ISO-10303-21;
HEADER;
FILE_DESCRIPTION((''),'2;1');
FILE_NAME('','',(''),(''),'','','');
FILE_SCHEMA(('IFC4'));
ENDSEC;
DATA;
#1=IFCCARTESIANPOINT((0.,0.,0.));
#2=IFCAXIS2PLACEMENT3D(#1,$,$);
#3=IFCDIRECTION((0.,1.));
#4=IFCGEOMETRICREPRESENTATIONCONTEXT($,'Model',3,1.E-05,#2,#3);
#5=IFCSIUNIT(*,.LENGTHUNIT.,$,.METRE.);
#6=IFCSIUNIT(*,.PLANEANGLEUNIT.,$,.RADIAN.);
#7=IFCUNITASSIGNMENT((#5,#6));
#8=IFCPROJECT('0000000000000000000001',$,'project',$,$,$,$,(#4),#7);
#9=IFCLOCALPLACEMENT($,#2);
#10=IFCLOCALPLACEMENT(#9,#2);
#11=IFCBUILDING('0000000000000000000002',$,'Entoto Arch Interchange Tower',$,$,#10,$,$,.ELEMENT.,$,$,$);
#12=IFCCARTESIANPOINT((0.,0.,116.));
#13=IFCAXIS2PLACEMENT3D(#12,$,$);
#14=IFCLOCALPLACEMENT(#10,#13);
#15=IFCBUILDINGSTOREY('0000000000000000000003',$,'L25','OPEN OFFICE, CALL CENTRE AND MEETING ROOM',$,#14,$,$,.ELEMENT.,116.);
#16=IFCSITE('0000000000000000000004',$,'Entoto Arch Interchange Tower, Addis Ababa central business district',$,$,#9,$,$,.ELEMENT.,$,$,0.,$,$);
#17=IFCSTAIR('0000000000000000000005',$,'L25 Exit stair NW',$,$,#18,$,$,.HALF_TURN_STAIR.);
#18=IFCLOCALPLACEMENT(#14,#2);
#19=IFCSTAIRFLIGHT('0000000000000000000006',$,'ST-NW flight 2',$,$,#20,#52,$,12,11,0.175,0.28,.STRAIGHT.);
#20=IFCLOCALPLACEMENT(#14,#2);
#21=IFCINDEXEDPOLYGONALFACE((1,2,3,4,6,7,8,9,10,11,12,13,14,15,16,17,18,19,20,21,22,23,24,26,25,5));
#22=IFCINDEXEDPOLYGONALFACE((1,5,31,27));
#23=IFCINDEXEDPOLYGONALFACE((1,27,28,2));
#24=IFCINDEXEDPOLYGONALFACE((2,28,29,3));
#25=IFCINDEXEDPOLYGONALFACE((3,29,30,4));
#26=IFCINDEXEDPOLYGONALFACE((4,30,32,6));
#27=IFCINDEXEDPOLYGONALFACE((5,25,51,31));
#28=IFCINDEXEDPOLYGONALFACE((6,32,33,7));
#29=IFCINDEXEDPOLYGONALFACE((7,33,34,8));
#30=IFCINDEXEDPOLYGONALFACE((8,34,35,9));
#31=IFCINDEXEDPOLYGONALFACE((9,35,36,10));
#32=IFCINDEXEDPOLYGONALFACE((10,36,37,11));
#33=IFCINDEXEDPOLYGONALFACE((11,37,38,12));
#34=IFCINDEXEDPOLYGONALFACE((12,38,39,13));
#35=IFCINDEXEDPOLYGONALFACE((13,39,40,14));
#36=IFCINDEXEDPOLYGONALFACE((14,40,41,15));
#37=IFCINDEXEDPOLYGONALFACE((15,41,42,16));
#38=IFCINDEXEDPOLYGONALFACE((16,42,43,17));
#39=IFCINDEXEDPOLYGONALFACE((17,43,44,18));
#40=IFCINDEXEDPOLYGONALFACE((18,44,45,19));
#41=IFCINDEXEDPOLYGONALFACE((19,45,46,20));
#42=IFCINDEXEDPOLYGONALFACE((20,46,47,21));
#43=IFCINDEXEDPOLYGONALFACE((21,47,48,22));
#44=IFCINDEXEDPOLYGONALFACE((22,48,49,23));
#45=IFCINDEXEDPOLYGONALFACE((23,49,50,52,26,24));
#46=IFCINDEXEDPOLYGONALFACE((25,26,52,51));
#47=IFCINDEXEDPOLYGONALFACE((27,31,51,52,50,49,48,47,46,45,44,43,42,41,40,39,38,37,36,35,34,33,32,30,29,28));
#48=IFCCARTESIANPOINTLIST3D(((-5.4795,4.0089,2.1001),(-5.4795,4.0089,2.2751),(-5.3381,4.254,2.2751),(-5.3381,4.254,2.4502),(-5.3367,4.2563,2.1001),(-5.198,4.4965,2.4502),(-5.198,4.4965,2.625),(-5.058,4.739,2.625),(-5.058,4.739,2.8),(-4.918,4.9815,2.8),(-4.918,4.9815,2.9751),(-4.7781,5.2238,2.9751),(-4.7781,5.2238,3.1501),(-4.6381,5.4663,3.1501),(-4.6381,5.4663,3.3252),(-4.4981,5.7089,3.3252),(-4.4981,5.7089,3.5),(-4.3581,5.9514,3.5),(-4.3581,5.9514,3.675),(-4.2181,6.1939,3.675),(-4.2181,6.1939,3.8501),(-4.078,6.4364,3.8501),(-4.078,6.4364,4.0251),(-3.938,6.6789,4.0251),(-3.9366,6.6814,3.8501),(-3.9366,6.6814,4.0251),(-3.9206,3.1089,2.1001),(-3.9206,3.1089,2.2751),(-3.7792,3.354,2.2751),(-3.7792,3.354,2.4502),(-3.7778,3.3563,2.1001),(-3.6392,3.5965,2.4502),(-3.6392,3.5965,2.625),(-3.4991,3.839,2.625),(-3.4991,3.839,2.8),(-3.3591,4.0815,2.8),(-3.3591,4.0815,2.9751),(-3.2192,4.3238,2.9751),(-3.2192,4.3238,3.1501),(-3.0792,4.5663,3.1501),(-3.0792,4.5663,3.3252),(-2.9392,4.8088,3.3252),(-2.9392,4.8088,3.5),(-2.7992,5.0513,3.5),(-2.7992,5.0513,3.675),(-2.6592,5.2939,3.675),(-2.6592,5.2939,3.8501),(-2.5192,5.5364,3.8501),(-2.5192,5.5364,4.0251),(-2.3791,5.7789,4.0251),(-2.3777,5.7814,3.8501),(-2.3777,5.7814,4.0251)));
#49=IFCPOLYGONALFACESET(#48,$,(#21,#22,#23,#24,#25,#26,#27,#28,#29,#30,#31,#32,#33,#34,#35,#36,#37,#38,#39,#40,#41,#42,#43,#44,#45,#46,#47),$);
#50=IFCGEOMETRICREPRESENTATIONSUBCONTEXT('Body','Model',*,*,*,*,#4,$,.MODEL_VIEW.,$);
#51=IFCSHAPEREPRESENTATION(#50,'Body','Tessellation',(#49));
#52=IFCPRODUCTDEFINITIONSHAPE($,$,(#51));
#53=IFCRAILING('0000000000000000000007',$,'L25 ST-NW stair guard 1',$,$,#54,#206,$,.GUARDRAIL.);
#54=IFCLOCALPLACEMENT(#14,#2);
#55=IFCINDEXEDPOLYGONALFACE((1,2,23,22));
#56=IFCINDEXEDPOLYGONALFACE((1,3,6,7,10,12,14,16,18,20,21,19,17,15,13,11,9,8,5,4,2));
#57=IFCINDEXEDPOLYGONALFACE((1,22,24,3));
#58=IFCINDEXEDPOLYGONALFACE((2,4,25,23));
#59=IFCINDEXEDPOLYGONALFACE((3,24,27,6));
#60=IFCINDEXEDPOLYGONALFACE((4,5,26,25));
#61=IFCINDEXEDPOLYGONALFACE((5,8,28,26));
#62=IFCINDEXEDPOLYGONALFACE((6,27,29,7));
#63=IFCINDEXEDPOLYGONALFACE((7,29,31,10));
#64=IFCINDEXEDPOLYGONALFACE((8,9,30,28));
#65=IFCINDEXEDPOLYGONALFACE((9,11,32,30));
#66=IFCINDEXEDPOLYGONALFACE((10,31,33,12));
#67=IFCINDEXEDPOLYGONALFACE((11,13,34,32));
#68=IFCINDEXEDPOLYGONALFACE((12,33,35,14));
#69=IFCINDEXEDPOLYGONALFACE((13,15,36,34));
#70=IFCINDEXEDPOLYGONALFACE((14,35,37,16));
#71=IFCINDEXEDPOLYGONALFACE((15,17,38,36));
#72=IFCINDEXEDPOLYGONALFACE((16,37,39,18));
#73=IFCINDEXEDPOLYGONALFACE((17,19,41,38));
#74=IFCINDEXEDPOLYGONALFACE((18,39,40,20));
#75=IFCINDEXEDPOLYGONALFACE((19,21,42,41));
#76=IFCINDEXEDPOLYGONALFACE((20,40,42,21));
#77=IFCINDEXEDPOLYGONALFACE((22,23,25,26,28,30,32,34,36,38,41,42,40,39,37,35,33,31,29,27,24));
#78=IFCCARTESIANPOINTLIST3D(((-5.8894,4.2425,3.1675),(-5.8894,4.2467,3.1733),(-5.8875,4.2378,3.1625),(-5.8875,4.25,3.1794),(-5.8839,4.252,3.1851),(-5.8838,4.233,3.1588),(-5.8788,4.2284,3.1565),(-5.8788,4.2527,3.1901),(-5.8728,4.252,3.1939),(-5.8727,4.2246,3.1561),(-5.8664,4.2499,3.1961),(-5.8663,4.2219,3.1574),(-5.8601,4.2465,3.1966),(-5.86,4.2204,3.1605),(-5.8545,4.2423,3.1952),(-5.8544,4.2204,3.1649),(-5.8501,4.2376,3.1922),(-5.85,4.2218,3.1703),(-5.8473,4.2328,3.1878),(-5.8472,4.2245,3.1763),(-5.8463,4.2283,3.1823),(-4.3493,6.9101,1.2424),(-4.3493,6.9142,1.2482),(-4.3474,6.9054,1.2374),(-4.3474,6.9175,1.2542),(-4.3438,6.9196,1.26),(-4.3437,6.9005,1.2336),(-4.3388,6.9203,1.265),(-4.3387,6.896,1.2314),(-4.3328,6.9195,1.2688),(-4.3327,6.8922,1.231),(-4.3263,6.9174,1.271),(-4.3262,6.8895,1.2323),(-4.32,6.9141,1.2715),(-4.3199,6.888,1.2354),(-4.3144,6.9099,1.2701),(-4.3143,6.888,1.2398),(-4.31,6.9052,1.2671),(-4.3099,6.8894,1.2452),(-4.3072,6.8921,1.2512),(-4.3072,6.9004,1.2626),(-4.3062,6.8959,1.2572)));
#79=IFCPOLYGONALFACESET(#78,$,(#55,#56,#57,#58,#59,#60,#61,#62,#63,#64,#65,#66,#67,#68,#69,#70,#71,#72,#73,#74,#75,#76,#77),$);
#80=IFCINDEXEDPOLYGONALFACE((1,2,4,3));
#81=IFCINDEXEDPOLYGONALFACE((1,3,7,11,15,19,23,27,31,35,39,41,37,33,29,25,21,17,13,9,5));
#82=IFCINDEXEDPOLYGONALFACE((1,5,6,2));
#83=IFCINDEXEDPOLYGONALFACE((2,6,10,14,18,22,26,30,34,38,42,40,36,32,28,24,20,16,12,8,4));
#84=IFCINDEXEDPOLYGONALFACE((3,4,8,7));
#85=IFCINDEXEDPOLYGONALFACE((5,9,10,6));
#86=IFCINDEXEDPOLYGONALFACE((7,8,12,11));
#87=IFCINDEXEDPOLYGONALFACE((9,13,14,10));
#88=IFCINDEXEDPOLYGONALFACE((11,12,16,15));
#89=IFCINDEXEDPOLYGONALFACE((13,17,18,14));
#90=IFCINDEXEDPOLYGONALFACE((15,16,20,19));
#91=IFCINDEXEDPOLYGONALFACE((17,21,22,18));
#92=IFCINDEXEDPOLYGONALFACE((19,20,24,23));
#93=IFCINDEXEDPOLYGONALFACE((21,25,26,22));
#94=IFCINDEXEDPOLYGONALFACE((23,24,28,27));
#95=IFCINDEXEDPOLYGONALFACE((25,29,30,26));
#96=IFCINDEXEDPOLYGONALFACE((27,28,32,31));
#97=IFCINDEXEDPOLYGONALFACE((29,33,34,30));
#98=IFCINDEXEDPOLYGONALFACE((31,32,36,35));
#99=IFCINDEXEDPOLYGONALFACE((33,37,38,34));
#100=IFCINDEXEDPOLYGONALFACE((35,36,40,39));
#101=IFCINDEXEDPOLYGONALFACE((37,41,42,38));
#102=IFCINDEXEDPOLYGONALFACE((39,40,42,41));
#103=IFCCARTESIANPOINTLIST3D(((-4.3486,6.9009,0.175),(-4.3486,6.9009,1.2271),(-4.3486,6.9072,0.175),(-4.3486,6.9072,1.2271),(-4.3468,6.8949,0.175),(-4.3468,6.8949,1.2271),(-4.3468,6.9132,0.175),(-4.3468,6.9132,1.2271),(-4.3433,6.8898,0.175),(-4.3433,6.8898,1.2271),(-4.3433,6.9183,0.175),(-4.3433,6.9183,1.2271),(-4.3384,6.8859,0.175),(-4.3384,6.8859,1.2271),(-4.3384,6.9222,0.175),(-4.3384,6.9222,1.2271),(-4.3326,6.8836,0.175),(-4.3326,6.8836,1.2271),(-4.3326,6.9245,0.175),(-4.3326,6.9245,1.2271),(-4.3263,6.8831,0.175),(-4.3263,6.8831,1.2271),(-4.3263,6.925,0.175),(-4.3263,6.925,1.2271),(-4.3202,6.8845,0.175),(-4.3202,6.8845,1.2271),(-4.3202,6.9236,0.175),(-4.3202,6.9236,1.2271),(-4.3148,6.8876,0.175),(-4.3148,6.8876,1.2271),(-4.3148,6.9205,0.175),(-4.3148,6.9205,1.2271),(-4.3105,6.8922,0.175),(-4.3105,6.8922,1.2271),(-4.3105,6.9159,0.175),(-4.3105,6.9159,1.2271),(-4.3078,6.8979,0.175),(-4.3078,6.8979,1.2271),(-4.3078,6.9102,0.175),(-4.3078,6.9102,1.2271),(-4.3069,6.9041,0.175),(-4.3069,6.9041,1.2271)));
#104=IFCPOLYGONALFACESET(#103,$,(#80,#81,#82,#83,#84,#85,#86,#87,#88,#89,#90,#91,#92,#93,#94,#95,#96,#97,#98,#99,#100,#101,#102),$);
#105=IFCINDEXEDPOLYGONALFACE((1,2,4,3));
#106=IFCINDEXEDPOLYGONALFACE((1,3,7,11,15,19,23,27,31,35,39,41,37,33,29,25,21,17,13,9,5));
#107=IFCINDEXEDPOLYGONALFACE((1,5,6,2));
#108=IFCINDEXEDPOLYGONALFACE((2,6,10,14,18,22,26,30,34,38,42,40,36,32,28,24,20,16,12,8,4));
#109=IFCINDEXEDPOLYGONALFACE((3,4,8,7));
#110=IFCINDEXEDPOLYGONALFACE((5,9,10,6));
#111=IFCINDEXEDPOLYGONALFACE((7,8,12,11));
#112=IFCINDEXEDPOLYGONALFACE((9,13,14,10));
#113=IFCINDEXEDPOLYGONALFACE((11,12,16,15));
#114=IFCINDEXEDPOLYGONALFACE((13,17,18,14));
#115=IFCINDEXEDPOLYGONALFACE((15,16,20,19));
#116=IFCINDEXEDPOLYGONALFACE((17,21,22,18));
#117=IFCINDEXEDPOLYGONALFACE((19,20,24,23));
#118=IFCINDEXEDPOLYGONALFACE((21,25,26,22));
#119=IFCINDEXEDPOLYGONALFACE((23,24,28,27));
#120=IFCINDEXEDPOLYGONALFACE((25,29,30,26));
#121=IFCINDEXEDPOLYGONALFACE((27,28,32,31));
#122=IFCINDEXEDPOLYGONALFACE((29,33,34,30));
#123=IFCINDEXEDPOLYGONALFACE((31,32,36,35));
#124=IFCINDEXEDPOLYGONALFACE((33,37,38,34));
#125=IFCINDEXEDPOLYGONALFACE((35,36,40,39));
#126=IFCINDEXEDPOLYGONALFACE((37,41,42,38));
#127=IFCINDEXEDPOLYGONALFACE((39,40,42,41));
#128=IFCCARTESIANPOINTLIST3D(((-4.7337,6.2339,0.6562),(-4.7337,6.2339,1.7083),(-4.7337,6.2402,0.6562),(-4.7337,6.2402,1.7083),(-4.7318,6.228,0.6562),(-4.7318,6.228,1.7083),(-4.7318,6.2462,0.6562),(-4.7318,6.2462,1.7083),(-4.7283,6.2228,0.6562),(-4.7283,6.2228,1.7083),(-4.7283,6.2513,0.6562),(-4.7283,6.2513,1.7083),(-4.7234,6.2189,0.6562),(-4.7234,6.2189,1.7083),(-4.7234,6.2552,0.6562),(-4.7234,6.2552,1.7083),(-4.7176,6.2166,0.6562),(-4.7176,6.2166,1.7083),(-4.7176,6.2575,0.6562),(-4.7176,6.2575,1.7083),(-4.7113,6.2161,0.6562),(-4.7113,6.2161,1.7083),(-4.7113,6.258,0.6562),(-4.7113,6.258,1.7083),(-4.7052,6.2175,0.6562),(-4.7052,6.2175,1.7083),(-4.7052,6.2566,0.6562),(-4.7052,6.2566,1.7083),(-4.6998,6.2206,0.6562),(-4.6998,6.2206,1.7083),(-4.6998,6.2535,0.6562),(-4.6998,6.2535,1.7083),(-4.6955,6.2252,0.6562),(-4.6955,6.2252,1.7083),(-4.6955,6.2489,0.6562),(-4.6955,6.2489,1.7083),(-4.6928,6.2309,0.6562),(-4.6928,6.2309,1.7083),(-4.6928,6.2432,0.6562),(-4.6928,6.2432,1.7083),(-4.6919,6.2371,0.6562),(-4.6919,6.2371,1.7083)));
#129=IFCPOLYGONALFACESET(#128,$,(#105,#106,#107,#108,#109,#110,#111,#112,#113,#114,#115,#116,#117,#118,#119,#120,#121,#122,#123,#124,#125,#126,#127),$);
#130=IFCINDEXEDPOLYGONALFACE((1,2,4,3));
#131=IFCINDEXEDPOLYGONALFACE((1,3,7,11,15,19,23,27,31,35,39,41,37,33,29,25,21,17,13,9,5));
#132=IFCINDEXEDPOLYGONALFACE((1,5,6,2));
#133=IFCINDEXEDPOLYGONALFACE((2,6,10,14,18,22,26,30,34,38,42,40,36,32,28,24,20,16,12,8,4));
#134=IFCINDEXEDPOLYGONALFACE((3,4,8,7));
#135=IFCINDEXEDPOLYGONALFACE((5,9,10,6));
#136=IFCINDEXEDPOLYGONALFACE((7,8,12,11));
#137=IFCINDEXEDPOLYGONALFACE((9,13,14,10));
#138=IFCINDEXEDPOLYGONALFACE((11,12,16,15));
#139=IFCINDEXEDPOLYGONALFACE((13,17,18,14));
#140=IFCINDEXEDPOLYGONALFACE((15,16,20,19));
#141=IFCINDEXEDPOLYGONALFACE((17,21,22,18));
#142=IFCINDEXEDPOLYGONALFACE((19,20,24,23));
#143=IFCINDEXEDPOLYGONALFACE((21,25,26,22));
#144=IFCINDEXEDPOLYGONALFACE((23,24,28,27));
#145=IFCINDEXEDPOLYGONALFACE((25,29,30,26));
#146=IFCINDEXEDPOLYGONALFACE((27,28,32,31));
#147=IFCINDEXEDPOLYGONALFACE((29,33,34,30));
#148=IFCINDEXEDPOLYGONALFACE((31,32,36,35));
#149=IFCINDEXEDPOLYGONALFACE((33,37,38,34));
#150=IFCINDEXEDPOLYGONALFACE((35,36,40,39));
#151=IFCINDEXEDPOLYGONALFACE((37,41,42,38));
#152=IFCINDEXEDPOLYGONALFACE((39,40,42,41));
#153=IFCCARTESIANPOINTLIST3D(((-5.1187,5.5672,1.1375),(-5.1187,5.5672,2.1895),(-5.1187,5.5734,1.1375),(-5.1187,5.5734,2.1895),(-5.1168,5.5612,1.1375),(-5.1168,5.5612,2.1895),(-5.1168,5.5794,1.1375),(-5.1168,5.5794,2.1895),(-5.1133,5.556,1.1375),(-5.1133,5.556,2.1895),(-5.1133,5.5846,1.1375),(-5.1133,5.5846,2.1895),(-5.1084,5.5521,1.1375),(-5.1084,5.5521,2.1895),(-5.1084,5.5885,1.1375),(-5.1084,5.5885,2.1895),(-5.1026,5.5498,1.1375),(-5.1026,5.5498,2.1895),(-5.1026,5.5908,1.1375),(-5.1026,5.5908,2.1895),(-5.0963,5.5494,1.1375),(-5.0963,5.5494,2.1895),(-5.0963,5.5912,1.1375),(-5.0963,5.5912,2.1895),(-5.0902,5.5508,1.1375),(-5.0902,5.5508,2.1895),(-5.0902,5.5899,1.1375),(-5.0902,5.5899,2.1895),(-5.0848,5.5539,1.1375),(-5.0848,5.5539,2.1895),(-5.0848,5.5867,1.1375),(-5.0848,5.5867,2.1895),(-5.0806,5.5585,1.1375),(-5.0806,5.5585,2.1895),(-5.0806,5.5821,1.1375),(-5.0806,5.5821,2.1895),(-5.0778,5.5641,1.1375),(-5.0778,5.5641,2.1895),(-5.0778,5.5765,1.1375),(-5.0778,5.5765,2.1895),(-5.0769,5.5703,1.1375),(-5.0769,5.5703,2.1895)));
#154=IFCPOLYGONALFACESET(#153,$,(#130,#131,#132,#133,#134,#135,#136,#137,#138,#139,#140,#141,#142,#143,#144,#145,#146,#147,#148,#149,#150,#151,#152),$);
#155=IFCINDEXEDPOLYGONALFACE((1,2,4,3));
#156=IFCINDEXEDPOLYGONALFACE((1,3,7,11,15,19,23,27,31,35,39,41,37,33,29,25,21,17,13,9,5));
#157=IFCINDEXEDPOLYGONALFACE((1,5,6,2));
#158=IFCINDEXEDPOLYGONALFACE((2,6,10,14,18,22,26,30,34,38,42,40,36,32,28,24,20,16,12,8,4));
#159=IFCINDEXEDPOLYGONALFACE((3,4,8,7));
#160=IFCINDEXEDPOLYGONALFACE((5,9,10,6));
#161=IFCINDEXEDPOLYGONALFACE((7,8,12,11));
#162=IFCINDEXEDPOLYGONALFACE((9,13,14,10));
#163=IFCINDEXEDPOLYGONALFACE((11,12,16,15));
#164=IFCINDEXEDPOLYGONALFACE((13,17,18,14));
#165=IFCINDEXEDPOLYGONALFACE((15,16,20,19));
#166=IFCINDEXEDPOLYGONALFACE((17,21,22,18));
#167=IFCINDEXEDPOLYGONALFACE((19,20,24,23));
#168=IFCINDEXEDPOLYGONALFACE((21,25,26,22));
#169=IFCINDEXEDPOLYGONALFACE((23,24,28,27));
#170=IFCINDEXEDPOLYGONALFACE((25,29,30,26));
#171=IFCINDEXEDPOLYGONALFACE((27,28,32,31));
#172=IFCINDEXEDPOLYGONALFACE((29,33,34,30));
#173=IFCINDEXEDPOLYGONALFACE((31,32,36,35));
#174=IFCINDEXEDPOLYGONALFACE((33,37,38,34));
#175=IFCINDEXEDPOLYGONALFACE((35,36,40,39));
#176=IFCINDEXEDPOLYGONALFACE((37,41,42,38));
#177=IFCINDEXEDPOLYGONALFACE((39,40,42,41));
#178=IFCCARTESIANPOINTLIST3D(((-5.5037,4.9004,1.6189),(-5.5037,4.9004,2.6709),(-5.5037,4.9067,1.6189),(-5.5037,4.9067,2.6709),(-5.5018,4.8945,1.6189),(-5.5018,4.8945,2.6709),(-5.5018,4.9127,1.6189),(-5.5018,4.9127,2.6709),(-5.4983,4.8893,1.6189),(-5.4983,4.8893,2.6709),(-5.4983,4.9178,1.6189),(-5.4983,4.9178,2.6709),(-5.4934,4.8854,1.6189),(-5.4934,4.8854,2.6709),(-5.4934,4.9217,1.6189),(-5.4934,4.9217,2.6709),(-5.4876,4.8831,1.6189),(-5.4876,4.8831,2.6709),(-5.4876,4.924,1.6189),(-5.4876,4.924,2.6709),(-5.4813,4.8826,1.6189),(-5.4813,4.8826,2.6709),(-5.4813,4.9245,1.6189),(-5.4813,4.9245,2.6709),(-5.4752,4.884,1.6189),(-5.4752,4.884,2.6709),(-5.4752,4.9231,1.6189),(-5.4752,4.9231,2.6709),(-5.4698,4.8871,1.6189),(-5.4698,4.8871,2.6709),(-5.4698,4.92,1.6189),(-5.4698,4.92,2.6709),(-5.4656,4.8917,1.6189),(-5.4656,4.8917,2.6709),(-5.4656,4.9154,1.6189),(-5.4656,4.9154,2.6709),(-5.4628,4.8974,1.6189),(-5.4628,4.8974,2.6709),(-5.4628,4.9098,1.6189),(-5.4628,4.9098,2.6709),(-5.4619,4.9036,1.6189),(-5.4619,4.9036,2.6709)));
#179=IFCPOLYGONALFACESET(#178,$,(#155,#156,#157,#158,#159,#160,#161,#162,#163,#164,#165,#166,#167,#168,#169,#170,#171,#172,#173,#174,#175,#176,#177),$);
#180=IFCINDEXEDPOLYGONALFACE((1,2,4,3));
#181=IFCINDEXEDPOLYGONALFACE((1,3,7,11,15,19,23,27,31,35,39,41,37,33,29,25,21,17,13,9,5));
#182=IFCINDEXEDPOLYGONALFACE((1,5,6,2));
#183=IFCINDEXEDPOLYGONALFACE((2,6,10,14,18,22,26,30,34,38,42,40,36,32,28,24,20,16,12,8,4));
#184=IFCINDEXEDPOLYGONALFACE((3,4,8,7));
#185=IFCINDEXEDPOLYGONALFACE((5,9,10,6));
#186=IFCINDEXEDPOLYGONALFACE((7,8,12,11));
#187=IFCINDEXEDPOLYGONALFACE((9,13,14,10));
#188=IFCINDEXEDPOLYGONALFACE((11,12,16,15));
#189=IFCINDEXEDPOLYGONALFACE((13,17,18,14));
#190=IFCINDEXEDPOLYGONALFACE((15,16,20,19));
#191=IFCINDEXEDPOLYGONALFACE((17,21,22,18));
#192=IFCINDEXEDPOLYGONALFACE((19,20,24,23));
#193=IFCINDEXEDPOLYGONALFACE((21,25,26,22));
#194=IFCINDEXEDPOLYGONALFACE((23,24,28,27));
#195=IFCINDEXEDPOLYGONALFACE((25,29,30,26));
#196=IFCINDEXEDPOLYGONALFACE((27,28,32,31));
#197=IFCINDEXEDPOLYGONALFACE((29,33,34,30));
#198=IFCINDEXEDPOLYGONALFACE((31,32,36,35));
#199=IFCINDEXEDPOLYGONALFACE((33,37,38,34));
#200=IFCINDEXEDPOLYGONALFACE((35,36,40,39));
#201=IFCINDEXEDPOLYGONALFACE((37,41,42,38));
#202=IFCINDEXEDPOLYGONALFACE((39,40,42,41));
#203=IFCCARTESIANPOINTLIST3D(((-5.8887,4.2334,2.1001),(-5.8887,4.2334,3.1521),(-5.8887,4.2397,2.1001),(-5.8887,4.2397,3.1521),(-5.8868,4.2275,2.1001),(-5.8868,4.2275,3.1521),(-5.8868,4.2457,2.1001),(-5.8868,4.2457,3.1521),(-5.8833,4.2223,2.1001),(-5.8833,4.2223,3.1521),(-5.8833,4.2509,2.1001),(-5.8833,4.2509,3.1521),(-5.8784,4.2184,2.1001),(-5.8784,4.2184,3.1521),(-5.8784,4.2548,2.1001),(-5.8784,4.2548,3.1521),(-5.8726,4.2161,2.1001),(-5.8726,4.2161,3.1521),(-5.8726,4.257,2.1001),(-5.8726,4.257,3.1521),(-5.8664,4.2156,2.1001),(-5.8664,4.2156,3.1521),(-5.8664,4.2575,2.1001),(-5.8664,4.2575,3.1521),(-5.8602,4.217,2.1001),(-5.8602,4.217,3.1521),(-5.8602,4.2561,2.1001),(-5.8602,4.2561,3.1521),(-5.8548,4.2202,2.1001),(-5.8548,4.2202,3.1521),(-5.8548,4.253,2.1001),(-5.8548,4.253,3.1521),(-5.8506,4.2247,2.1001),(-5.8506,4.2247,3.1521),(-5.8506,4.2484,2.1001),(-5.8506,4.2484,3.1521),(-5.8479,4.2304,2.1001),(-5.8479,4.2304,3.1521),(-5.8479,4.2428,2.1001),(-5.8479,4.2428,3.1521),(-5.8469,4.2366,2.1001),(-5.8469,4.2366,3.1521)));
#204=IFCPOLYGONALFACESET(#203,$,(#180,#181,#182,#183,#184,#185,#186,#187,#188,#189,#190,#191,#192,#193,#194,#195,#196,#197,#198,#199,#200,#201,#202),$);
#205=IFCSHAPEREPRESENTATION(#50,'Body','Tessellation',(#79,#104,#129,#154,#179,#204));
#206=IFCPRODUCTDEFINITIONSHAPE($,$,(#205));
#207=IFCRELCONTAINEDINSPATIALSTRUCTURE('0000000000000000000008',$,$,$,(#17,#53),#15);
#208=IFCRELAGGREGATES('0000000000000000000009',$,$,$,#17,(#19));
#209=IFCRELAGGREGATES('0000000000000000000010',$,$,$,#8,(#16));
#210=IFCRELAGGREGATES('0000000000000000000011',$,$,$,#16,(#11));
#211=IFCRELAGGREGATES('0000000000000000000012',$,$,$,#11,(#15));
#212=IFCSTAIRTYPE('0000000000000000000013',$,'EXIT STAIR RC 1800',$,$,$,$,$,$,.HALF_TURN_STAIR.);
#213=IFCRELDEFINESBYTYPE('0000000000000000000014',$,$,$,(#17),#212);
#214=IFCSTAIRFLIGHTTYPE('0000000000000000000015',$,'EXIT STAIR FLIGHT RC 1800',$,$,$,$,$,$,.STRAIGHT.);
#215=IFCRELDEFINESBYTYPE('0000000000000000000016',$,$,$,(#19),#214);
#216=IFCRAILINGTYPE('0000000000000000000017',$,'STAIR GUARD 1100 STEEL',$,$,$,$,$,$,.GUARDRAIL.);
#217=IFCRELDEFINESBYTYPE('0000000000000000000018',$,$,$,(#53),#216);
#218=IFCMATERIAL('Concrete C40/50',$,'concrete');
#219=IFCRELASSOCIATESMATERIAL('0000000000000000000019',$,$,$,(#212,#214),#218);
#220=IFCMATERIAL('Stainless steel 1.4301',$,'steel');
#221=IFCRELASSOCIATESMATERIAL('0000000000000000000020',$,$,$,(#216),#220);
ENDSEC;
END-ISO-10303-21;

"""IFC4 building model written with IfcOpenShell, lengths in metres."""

from ifc_helpers import new_model, si_unit, direction, frame, origin, origin_2d, place, context, subcontext, project, spatial, polyline, circle, outline, extrude, material, type_object, element, aggregate, save


model = new_model("IFC4")

# Units and contexts
model_context = context("Model", 3, precision=1e-05, world=origin(), true_north=direction((0.0, 1.0)))
body_context = subcontext(model_context, "Body", "Model", "MODEL_VIEW")
ifc_project = project(units=[si_unit("LENGTHUNIT", "METRE"), si_unit("PLANEANGLEUNIT", "RADIAN")], contexts=[model_context])

# Site, building, storey
site_placement = place(None, origin())
site = spatial("IfcSite", under=ifc_project, at=site_placement, Name="Entoto Arch Interchange Tower, Addis Ababa central business district", CompositionType="ELEMENT", RefElevation=0.0)
building_placement = place(site_placement, origin())
building = spatial("IfcBuilding", under=site, at=building_placement, Name="Entoto Arch Interchange Tower", CompositionType="ELEMENT")
storey_placement = place(building_placement, frame((0.0, 0.0, 116.0)))
storey = spatial("IfcBuildingStorey", under=building, at=storey_placement, Name="L25", Description="OPEN OFFICE, CALL CENTRE AND MEETING ROOM", CompositionType="ELEMENT", Elevation=116.0)

# Shared definitions
ifc_material_1 = material(Name="Concrete C40/50", Category="concrete")

# Stair, stair flight
stair_type = type_object("IfcStairType", Name="EXIT STAIR RC 1800", PredefinedType="HALF_TURN_STAIR", material=ifc_material_1)
stair_placement = place(storey_placement, origin())
stair = element("IfcStair", 1, at=stair_placement, inside=storey, type_object=stair_type, Name="L25 Exit stair NW", PredefinedType="HALF_TURN_STAIR")
stair_flight_type = type_object("IfcStairFlightType", Name="EXIT STAIR FLIGHT RC 1800", PredefinedType="STRAIGHT", material=ifc_material_1)
stair_flight_1_placement = place(storey_placement, frame((-4.6987, 3.5615, 2.1001), z_axis=(0.0, 0.0, 1.0), x_axis=(0.5, 0.866025, 0.0)))
stair_flight_1 = element("IfcStairFlight", 2, at=stair_flight_1_placement, type_object=stair_flight_type, Name="ST-NW flight 2", NumberOfRisers=12, NumberOfTreads=11, PredefinedType="STRAIGHT", RiserHeight=0.175, TreadLength=0.28, context=body_context, shape_type="SweptSolid", body=[
    extrude(outline(polyline([(-0.0029, 0.0), (-0.0029, 0.175), (0.28, 0.175), (0.28, 0.3501), (0.5601, 0.3501), (0.5601, 0.5249), (0.8401, 0.5249), (0.8401, 0.7), (1.1201, 0.7), (1.1201, 0.875), (1.3999, 0.875), (1.3999, 1.05), (1.6799, 1.05), (1.6799, 1.2251), (1.96, 1.2251), (1.96, 1.3999), (2.24, 1.3999), (2.24, 1.575), (2.52, 1.575), (2.52, 1.75), (2.8, 1.75), (2.8, 1.925), (3.0801, 1.925), (3.083, 1.925), (3.083, 1.75), (0.2827, 0.0), (-0.0029, 0.0)])), frame((0.0, 0.8999, 0.0), z_axis=(0.0, -1.0, 0.0), x_axis=(1.0, 0.0, 0.0)), (0.0, 0.0, 1.0), 1.8),
])
aggregate(stair, [stair_flight_1])

# Railing
ifc_material_2 = material(Name="Stainless steel 1.4301", Category="steel")
railing_type_1 = type_object("IfcRailingType", Name="STAIR GUARD 1100 STEEL", PredefinedType="GUARDRAIL", material=ifc_material_2)
railing_1_placement = place(storey_placement, frame((-4.3279, 6.9041, 0.175)))
element("IfcRailing", 3, at=railing_1_placement, inside=storey, type_object=railing_type_1, Name="L25 ST-NW stair guard 1", PredefinedType="GUARDRAIL", context=body_context, shape_type="SweptSolid", body=[
    extrude(circle(Radius=0.0239, at=origin_2d()), frame((0.0, 0.0, 1.0762), z_axis=(-0.423994, -0.734395, 0.529993), x_axis=(0.86603, -0.499992, 0.0)), (0.0, 0.0, 1.0), 3.6323),
    extrude(circle(Radius=0.021, at=origin_2d()), origin(), (0.0, 0.0, 1.0), 1.052),
    extrude(circle(Radius=0.021, at=origin_2d()), frame((-0.385, -0.667, 0.4812)), (0.0, 0.0, 1.0), 1.052),
    extrude(circle(Radius=0.021, at=origin_2d()), frame((-0.77, -1.3337, 0.9624)), (0.0, 0.0, 1.0), 1.052),
    extrude(circle(Radius=0.021, at=origin_2d()), frame((-1.155, -2.0005, 1.4438)), (0.0, 0.0, 1.0), 1.052),
    extrude(circle(Radius=0.021, at=origin_2d()), frame((-1.54, -2.6675, 1.925)), (0.0, 0.0, 1.0), 1.052),
])

save(model, "model.ifc")
